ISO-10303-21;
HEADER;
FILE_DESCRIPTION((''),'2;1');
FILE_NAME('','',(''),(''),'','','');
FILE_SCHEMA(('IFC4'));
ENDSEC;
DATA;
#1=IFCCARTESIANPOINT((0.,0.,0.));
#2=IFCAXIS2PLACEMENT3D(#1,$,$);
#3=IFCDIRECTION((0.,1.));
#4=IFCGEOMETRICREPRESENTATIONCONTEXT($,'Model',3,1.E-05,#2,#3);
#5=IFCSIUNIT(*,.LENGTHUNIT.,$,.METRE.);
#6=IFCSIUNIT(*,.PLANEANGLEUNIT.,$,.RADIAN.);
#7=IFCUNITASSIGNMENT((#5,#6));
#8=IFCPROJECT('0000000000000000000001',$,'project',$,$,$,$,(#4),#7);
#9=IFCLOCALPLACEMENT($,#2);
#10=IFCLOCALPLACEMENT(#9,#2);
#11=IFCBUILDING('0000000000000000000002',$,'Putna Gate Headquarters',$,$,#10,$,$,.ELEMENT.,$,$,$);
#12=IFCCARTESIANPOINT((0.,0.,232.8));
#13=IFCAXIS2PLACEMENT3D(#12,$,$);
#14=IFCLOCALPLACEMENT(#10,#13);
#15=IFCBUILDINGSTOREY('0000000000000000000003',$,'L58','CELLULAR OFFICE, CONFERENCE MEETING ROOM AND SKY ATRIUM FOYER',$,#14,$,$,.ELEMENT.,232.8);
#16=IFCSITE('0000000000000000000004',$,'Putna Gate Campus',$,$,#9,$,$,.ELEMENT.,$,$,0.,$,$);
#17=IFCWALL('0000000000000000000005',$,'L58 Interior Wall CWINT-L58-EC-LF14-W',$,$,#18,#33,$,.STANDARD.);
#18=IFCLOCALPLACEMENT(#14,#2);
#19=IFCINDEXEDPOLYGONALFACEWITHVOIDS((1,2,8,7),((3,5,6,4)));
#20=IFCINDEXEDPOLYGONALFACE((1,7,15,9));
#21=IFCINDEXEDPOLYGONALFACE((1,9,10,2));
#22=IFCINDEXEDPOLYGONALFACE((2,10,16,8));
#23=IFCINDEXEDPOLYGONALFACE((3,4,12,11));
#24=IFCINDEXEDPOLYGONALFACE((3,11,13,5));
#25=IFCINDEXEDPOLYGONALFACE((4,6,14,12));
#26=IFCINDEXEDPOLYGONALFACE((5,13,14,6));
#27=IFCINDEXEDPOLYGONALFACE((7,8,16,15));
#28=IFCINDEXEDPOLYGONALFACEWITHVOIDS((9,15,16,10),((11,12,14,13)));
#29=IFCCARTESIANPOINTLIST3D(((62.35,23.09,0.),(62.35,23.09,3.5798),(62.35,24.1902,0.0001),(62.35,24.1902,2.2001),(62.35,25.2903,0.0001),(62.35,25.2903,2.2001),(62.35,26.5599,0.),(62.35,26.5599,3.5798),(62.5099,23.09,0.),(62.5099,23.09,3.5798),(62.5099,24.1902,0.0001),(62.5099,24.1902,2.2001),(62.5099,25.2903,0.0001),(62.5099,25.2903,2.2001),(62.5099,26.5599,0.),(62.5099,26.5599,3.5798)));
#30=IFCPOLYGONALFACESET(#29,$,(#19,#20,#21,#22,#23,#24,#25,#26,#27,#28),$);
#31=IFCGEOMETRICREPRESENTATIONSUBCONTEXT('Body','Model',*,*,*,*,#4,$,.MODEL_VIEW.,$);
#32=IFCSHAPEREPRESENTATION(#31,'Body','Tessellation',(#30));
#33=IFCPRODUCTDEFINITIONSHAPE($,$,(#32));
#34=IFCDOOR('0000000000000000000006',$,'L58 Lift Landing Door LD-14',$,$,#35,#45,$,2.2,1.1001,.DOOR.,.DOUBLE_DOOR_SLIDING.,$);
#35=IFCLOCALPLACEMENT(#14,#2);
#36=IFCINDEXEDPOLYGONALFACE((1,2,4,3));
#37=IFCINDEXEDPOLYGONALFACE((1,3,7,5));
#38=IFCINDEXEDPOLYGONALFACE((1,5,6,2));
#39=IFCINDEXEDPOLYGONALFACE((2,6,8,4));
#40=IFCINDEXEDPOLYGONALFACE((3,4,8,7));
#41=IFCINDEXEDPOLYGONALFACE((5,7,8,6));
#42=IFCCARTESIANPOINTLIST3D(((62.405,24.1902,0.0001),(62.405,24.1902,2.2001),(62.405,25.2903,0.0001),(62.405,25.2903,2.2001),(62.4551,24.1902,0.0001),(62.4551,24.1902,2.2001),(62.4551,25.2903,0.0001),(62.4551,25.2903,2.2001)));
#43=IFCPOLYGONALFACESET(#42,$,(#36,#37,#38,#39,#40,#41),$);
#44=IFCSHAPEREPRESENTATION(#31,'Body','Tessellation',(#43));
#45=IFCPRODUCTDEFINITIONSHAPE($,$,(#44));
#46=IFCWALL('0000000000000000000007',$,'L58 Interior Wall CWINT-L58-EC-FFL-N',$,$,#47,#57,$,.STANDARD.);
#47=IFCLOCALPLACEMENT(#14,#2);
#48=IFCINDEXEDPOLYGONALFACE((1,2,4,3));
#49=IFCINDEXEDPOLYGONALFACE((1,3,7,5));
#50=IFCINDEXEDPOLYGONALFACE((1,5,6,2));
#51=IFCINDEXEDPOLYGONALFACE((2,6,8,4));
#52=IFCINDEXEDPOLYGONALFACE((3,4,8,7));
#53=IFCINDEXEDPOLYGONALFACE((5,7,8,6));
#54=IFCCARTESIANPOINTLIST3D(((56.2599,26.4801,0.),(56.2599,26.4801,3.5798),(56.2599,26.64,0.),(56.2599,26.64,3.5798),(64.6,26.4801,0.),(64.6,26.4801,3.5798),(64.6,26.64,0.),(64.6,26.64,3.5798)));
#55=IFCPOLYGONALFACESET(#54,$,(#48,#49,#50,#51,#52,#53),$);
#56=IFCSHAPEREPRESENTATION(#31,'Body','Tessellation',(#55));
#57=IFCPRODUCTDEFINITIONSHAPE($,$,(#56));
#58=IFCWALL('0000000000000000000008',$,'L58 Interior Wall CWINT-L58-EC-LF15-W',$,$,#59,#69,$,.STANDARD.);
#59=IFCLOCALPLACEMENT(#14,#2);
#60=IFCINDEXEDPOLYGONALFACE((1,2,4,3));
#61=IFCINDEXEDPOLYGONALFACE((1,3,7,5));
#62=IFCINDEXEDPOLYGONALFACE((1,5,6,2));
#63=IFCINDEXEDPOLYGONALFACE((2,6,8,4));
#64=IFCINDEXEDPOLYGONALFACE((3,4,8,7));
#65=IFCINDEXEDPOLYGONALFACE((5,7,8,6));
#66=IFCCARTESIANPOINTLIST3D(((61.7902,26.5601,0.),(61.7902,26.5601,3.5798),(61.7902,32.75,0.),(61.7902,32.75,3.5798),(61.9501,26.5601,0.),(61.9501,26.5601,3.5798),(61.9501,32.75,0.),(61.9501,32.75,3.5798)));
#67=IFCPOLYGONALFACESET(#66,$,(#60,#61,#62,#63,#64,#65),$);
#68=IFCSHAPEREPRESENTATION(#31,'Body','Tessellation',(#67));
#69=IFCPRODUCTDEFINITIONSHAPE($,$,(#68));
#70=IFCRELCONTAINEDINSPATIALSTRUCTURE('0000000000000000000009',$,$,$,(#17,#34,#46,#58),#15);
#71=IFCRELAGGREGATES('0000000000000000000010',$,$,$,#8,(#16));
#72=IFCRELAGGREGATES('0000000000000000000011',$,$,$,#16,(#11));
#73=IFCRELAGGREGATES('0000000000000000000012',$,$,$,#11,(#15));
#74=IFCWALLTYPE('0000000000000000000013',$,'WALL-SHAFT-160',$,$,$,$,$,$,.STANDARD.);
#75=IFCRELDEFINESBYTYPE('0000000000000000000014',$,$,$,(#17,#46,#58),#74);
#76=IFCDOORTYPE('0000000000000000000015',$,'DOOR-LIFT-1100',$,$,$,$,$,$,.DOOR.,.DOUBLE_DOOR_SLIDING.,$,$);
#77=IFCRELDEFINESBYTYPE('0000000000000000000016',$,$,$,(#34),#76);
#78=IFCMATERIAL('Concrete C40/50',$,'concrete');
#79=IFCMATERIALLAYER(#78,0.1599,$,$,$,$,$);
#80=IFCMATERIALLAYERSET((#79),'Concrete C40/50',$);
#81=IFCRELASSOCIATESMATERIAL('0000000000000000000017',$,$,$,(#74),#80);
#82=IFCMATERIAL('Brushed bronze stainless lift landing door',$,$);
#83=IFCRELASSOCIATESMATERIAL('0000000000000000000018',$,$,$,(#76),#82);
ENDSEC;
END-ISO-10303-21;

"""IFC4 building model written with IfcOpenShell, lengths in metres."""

from ifc_helpers import new_model, si_unit, direction, frame, frame_2d, origin, place, context, subcontext, project, spatial, rectangle, extrude, material, layer, layer_set, type_object, element, fill, save


model = new_model("IFC4")

# Units and contexts
model_context = context("Model", 3, precision=1e-05, world=origin(), true_north=direction((0.0, 1.0)))
body_context = subcontext(model_context, "Body", "Model", "MODEL_VIEW")
ifc_project = project(units=[si_unit("LENGTHUNIT", "METRE"), si_unit("PLANEANGLEUNIT", "RADIAN")], contexts=[model_context])

# Site, building, storey
site_placement = place(None, origin())
site = spatial("IfcSite", under=ifc_project, at=site_placement, Name="Putna Gate Campus", CompositionType="ELEMENT", RefElevation=0.0)
building_placement = place(site_placement, origin())
building = spatial("IfcBuilding", under=site, at=building_placement, Name="Putna Gate Headquarters", CompositionType="ELEMENT")
storey_placement = place(building_placement, frame((0.0, 0.0, 232.8)))
storey = spatial("IfcBuildingStorey", under=building, at=storey_placement, Name="L58", Description="CELLULAR OFFICE, CONFERENCE MEETING ROOM AND SKY ATRIUM FOYER", CompositionType="ELEMENT", Elevation=232.8)

# Wall, opening, door
ifc_material_1 = material(Name="Concrete C40/50", Category="concrete")
ifc_layer_1 = layer(ifc_material_1, 0.1599)
ifc_layer_set_1 = layer_set([ifc_layer_1], Name="Concrete C40/50")
wall_type_1 = type_object("IfcWallType", Name="WALL-SHAFT-160", PredefinedType="STANDARD", material=ifc_layer_set_1)
wall_1_placement = place(storey_placement, frame((62.4299, 23.0901, 0.0), z_axis=(0.0, 0.0, 1.0), x_axis=(0.0, 1.0, 0.0)))
wall_1 = element("IfcWall", 1, at=wall_1_placement, inside=storey, type_object=wall_type_1, Name="L58 Interior Wall CWINT-L58-EC-LF14-W", PredefinedType="STANDARD", context=body_context, shape_type="SweptSolid", body=[
    extrude(rectangle(XDim=3.47, YDim=0.1599, at=frame_2d((1.7349, 0.0))), origin(), (0.0, 0.0, 1.0), 3.5798),
])
opening_1_placement = place(wall_1_placement, frame((1.1001, 0.0, 0.0)))
opening_1 = element("IfcOpeningElement", 2, at=opening_1_placement, cuts=wall_1, PredefinedType="OPENING", context=body_context, shape_type="SweptSolid", body=[
    extrude(rectangle(XDim=1.1001, YDim=2.2, at=frame_2d((0.55, 1.1001))), frame((0.0, 0.0898, 0.0), z_axis=(0.0, -1.0, 0.0), x_axis=(1.0, 0.0, 0.0)), (0.0, 0.0, 1.0), 0.1799),
])
ifc_material_2 = material(Name="Brushed bronze stainless lift landing door")
door_type_1 = type_object("IfcDoorType", Name="DOOR-LIFT-1100", OperationType="DOUBLE_DOOR_SLIDING", PredefinedType="DOOR", material=ifc_material_2)
door_1_placement = place(opening_1_placement, origin())
door_1 = element("IfcDoor", 3, at=door_1_placement, inside=storey, type_object=door_type_1, Name="L58 Lift Landing Door LD-14", OperationType="DOUBLE_DOOR_SLIDING", OverallHeight=2.2, OverallWidth=1.1001, PredefinedType="DOOR", context=body_context, shape_type="SweptSolid", body=[
    extrude(rectangle(XDim=1.1001, YDim=2.2, at=frame_2d((0.55, 1.1001))), frame((0.0, 0.0249, 0.0), z_axis=(0.0, -1.0, 0.0), x_axis=(1.0, 0.0, 0.0)), (0.0, 0.0, 1.0), 0.05),
])
fill(opening_1, door_1)

# Walls
wall_2_placement = place(storey_placement, frame((56.26, 26.5601, 0.0), z_axis=(0.0, 0.0, 1.0), x_axis=(1.0, 0.0, 0.0)))
element("IfcWall", 4, at=wall_2_placement, inside=storey, type_object=wall_type_1, Name="L58 Interior Wall CWINT-L58-EC-FFL-N", PredefinedType="STANDARD", context=body_context, shape_type="SweptSolid", body=[
    extrude(rectangle(XDim=8.3401, YDim=0.1599, at=frame_2d((4.1699, 0.0))), origin(), (0.0, 0.0, 1.0), 3.5798),
])
wall_3_placement = place(storey_placement, frame((61.8701, 26.5601, 0.0), z_axis=(0.0, 0.0, 1.0), x_axis=(0.0, 1.0, 0.0)))
element("IfcWall", 5, at=wall_3_placement, inside=storey, type_object=wall_type_1, Name="L58 Interior Wall CWINT-L58-EC-LF15-W", PredefinedType="STANDARD", context=body_context, shape_type="SweptSolid", body=[
    extrude(rectangle(XDim=6.1899, YDim=0.1599, at=frame_2d((3.095, 0.0))), origin(), (0.0, 0.0, 1.0), 3.5798),
])

save(model, "model.ifc")
